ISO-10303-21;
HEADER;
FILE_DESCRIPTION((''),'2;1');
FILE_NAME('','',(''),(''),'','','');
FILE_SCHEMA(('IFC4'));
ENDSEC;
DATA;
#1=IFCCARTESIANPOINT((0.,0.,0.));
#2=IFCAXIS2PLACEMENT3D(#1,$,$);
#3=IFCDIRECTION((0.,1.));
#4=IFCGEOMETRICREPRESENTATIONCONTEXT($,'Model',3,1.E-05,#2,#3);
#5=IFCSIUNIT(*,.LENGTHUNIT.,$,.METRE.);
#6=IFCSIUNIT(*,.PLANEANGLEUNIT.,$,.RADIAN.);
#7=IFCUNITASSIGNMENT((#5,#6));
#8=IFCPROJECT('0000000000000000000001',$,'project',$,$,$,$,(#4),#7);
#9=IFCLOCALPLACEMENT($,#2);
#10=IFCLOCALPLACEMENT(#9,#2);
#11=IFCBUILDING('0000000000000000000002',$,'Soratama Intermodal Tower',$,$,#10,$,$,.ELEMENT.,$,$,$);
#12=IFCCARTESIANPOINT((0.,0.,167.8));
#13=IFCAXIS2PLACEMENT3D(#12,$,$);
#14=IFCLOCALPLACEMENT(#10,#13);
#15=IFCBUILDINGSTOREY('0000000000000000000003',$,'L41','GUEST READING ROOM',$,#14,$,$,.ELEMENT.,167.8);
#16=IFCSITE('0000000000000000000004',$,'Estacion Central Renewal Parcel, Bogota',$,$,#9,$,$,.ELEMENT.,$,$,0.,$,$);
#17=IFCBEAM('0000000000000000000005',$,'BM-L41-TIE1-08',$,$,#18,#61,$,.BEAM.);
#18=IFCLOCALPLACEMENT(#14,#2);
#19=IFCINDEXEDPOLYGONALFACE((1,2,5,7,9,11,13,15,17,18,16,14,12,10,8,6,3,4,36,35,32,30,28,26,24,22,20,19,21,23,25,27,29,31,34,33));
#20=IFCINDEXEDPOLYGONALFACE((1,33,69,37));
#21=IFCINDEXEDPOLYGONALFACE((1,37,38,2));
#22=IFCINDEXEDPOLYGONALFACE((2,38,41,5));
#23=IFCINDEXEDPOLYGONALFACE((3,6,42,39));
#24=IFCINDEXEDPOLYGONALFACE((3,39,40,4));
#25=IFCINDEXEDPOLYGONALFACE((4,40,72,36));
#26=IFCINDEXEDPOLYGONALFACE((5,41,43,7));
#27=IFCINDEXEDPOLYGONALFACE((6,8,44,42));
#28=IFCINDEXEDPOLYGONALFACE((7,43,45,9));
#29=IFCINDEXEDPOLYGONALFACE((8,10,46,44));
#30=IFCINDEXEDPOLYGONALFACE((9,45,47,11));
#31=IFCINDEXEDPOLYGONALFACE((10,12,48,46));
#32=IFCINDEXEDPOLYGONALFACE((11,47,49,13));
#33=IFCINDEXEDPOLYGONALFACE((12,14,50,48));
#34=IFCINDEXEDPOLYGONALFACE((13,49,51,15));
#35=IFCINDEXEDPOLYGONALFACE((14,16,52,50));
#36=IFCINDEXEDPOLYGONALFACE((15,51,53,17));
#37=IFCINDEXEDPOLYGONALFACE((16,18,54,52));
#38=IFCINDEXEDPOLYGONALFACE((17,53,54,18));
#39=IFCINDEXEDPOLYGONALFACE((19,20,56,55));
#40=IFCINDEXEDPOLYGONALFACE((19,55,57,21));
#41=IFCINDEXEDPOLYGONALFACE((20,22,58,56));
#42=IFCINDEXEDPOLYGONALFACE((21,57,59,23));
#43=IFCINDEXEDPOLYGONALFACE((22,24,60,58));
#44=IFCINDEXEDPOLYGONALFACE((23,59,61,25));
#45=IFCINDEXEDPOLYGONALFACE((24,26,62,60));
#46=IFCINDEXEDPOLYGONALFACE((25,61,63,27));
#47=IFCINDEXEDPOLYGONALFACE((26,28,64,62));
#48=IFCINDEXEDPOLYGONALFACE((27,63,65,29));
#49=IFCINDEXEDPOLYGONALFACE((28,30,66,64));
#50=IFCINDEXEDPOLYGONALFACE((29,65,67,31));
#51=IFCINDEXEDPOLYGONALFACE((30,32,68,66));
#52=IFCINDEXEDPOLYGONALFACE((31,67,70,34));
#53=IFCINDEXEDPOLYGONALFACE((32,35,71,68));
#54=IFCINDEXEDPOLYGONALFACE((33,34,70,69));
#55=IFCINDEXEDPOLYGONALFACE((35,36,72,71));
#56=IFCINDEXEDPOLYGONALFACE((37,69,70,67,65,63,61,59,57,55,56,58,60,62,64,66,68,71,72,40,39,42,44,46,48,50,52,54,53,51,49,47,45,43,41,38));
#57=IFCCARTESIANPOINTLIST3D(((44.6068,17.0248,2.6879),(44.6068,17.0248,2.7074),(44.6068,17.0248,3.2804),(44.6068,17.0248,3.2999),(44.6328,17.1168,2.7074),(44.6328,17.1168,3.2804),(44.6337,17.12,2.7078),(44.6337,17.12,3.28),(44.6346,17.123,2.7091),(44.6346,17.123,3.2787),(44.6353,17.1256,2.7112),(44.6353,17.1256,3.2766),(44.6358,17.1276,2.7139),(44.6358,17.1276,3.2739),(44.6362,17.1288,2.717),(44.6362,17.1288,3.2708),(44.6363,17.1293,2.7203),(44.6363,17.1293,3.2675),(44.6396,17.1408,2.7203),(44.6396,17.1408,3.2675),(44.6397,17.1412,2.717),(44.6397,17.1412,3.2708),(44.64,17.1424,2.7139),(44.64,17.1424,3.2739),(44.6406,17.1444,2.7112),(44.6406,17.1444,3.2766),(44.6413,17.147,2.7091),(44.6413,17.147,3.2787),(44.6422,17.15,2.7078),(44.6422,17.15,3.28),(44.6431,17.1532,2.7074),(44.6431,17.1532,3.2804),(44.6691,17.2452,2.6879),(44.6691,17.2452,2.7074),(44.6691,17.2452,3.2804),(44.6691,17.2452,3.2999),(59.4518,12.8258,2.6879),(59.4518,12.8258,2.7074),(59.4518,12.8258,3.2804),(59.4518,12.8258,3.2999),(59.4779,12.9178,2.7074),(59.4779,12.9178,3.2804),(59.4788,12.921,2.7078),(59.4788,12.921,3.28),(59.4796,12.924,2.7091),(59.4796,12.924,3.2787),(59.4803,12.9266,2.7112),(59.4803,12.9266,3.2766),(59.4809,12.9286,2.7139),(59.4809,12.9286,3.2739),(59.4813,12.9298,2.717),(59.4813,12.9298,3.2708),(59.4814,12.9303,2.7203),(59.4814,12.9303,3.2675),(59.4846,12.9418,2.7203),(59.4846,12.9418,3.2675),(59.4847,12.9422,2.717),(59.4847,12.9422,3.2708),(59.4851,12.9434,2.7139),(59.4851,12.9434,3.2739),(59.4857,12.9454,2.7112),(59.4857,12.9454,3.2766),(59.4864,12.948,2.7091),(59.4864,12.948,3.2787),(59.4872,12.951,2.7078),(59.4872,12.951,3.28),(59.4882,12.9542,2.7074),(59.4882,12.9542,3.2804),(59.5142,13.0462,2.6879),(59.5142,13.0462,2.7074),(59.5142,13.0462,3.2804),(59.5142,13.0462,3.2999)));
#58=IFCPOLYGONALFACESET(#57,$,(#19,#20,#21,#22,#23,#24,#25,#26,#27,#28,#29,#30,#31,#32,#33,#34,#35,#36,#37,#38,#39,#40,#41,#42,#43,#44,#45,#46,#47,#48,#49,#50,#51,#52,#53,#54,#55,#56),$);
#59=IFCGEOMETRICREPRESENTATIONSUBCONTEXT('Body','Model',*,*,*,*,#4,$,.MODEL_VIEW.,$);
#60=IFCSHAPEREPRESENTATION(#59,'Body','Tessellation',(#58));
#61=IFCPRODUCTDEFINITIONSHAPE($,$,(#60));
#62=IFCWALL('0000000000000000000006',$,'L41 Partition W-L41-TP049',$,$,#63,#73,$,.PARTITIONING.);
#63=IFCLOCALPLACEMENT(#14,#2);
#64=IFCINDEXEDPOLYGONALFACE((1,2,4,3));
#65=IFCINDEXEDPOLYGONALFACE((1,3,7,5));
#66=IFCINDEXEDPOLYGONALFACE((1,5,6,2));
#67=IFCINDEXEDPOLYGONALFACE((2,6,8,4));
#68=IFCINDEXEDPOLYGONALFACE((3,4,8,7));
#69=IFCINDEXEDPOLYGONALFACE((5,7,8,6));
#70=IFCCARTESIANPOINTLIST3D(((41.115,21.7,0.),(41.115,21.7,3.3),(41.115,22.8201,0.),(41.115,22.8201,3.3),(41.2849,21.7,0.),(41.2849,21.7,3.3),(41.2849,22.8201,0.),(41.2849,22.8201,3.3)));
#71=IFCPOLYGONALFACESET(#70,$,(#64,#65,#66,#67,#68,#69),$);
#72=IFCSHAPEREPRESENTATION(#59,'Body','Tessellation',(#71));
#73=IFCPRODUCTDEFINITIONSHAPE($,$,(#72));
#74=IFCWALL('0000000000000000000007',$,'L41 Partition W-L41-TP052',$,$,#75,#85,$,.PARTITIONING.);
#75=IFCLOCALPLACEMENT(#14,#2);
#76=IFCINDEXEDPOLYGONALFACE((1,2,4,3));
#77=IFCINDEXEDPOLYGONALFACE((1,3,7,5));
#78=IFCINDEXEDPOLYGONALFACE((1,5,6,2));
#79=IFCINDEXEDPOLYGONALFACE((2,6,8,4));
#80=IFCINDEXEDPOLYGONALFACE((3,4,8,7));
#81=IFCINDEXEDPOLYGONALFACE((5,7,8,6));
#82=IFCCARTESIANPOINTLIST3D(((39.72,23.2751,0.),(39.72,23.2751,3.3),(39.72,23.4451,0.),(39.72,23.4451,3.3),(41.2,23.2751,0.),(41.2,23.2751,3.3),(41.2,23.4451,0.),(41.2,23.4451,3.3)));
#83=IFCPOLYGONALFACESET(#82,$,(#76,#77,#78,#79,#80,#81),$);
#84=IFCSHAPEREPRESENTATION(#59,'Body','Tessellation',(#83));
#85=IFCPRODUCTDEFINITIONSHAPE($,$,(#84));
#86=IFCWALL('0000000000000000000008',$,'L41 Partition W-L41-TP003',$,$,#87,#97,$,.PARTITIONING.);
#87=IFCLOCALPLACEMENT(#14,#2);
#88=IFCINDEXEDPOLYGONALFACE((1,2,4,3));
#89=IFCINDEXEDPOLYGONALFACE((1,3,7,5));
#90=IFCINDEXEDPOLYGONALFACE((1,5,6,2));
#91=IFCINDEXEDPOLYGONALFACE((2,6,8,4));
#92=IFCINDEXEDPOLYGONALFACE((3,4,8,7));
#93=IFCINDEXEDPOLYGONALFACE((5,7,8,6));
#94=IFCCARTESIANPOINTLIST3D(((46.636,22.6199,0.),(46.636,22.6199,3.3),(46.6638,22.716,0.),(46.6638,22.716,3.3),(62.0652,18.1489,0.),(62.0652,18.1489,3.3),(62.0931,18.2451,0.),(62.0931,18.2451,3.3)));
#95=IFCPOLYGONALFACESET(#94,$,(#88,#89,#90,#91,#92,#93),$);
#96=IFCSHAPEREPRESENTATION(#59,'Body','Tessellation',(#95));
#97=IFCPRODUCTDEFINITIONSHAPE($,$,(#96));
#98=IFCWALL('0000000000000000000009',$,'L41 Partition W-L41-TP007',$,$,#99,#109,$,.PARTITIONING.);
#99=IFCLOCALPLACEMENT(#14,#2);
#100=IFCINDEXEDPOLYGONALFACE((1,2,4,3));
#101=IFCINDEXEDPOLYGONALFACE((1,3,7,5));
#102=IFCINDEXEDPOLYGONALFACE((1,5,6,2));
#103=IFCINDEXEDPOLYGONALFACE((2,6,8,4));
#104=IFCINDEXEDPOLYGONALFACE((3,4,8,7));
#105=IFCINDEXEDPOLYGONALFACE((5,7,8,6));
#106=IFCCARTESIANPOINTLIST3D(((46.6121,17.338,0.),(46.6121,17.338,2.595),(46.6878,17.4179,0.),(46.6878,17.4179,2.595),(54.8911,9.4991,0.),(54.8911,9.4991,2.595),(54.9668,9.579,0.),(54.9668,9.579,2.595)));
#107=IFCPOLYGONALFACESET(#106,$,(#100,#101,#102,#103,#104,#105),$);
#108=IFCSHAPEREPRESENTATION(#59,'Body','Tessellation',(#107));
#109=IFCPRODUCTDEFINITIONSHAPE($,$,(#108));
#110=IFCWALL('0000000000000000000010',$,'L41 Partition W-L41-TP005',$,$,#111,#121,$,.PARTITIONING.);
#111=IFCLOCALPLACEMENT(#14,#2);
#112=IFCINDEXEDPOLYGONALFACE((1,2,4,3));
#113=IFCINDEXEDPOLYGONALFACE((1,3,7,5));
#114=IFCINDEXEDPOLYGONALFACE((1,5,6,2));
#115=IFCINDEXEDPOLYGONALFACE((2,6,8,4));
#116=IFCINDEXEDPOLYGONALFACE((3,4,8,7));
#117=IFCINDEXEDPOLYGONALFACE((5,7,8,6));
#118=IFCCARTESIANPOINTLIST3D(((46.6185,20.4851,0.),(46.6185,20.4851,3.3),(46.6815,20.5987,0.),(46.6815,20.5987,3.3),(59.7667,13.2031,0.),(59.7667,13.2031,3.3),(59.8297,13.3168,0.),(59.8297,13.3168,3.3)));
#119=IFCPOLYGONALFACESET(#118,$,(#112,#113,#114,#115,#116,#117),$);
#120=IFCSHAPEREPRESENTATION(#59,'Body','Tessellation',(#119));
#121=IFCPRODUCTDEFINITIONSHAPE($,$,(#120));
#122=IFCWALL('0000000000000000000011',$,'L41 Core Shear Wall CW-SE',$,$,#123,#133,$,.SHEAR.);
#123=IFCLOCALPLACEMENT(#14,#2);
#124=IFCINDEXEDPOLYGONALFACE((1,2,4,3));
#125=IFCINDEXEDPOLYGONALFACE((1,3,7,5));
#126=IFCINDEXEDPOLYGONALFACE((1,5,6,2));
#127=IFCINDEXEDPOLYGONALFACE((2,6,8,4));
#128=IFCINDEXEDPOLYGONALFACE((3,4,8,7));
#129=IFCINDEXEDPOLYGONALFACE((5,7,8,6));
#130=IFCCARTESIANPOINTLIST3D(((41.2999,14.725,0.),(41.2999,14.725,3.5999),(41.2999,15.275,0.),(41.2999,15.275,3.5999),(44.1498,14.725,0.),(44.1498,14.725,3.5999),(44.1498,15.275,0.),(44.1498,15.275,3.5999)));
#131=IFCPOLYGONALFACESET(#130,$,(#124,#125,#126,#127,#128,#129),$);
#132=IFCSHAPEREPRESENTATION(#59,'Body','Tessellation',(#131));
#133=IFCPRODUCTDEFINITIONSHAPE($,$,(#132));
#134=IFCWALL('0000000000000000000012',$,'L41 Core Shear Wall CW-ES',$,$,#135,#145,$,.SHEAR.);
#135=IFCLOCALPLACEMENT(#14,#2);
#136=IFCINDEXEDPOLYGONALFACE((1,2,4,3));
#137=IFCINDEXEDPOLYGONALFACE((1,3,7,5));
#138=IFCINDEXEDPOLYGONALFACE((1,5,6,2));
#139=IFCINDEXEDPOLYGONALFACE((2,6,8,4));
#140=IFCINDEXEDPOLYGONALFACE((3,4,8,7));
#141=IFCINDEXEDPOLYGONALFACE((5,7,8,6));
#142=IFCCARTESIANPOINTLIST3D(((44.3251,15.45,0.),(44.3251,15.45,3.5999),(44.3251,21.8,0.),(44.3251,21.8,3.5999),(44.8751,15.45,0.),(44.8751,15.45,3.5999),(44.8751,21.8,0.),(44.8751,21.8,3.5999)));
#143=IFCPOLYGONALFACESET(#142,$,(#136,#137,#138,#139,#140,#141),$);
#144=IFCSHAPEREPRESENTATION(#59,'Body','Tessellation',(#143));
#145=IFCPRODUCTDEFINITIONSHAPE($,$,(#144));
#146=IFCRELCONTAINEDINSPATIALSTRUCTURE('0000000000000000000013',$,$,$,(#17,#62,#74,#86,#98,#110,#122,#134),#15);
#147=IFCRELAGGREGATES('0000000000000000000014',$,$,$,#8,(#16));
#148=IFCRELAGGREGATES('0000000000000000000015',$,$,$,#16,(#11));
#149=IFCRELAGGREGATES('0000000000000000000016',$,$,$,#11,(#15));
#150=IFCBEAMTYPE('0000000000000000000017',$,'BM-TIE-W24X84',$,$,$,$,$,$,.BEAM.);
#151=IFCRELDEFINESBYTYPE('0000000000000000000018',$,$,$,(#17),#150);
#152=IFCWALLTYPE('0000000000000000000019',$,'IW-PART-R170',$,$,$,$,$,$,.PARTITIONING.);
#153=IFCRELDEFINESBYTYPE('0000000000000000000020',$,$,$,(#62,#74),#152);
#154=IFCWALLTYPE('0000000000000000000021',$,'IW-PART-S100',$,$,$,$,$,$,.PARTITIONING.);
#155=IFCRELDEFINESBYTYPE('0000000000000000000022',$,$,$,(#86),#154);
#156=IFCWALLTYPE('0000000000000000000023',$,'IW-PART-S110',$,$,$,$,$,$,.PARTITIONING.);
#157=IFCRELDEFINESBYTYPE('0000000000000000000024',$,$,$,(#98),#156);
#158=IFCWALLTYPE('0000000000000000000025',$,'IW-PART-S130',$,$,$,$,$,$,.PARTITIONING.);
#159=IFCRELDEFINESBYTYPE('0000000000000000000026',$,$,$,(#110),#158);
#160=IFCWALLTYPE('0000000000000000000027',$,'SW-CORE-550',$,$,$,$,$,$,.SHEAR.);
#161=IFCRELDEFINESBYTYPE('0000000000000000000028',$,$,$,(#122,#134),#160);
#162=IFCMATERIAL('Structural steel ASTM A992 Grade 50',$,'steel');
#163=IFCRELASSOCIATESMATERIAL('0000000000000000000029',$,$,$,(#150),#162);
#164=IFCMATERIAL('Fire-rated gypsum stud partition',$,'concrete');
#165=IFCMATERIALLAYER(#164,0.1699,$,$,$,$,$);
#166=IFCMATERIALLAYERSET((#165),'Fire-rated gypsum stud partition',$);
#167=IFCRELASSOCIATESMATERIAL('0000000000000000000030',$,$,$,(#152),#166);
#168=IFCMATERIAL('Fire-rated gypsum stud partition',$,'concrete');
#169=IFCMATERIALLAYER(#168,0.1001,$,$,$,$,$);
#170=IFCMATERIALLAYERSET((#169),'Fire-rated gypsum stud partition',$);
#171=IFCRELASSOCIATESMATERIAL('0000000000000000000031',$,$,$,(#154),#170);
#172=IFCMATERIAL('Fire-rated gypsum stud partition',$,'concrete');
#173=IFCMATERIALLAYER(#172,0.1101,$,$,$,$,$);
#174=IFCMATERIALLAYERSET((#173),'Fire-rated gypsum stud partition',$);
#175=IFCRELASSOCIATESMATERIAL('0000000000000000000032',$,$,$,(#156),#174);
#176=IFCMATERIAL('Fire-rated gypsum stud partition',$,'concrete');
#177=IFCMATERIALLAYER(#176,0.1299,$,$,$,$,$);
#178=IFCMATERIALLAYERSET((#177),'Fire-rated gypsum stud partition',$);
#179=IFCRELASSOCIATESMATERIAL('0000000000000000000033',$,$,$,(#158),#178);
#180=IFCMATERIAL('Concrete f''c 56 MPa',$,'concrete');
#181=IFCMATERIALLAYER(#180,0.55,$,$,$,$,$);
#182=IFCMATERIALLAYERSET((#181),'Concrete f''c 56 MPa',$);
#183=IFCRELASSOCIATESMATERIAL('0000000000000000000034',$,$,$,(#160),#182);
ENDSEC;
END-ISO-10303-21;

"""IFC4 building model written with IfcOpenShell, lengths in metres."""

from ifc_helpers import new_model, si_unit, direction, frame, frame_2d, origin, origin_2d, place, context, subcontext, project, spatial, rectangle, i_section, extrude, material, layer, layer_set, material_profile, profile_set, type_object, element, save


model = new_model("IFC4")

# Units and contexts
model_context = context("Model", 3, precision=1e-05, world=origin(), true_north=direction((0.0, 1.0)))
body_context = subcontext(model_context, "Body", "Model", "MODEL_VIEW")
ifc_project = project(units=[si_unit("LENGTHUNIT", "METRE"), si_unit("PLANEANGLEUNIT", "RADIAN")], contexts=[model_context])

# Site, building, storey
site_placement = place(None, origin())
site = spatial("IfcSite", under=ifc_project, at=site_placement, Name="Estacion Central Renewal Parcel, Bogota", CompositionType="ELEMENT", RefElevation=0.0)
building_placement = place(site_placement, origin())
building = spatial("IfcBuilding", under=site, at=building_placement, Name="Soratama Intermodal Tower", CompositionType="ELEMENT")
storey_placement = place(building_placement, frame((0.0, 0.0, 167.8)))
storey = spatial("IfcBuildingStorey", under=building, at=storey_placement, Name="L41", Description="GUEST READING ROOM", CompositionType="ELEMENT", Elevation=167.8)

# Beam
ifc_material_1 = material(Name="Structural steel ASTM A992 Grade 50", Category="steel")
ifc_material_profile_1 = material_profile(ifc_material_1, i_section(OverallWidth=0.229, OverallDepth=0.6121, WebThickness=0.012, FlangeThickness=0.0195, FilletRadius=0.0129, at=origin_2d()), Name="W24X84")
ifc_profile_set_1 = profile_set([ifc_material_profile_1], Name="Structural steel ASTM A992 Grade 50")
beam_type_1 = type_object("IfcBeamType", Name="BM-TIE-W24X84", PredefinedType="BEAM", material=ifc_profile_set_1)
beam_1_placement = place(storey_placement, frame((44.6379, 17.135, 2.9939), z_axis=(0.962247, -0.272177, 0.0), x_axis=(0.272177, 0.962247, 0.0)))
element("IfcBeam", 1, at=beam_1_placement, inside=storey, type_object=beam_type_1, Name="BM-L41-TIE1-08", PredefinedType="BEAM", context=body_context, shape_type="SweptSolid", body=[
    extrude(i_section(OverallWidth=0.229, OverallDepth=0.6121, WebThickness=0.012, FlangeThickness=0.0195, FilletRadius=0.0129, at=origin_2d()), origin(), (0.0, 0.0, 1.0), 15.4275),
])

# Shared definitions
ifc_material_2 = material(Name="Fire-rated gypsum stud partition", Category="concrete")
ifc_layer_1 = layer(ifc_material_2, 0.1699)
ifc_layer_set_1 = layer_set([ifc_layer_1], Name="Fire-rated gypsum stud partition")
wall_type_1 = type_object("IfcWallType", Name="IW-PART-R170", PredefinedType="PARTITIONING", material=ifc_layer_set_1)

# Walls
wall_1_placement = place(storey_placement, frame((41.2, 21.7, 0.0), z_axis=(0.0, 0.0, 1.0), x_axis=(0.0, 1.0, 0.0)))
element("IfcWall", 2, at=wall_1_placement, inside=storey, type_object=wall_type_1, Name="L41 Partition W-L41-TP049", PredefinedType="PARTITIONING", context=body_context, shape_type="SweptSolid", body=[
    extrude(rectangle(XDim=1.1201, YDim=0.1699, at=frame_2d((0.5601, 0.0))), origin(), (0.0, 0.0, 1.0), 3.3),
])
wall_2_placement = place(storey_placement, frame((41.2, 23.3601, 0.0), z_axis=(0.0, 0.0, 1.0), x_axis=(-1.0, 0.0, 0.0)))
element("IfcWall", 3, at=wall_2_placement, inside=storey, type_object=wall_type_1, Name="L41 Partition W-L41-TP052", PredefinedType="PARTITIONING", context=body_context, shape_type="SweptSolid", body=[
    extrude(rectangle(XDim=1.48, YDim=0.1699, at=frame_2d((0.74, 0.0))), origin(), (0.0, 0.0, 1.0), 3.3),
])
ifc_material_3 = material(Name="Fire-rated gypsum stud partition", Category="concrete")
ifc_layer_2 = layer(ifc_material_3, 0.1001)
ifc_layer_set_2 = layer_set([ifc_layer_2], Name="Fire-rated gypsum stud partition")
wall_type_2 = type_object("IfcWallType", Name="IW-PART-S100", PredefinedType="PARTITIONING", material=ifc_layer_set_2)
wall_3_placement = place(storey_placement, frame((46.6499, 22.668, 0.0), z_axis=(0.0, 0.0, 1.0), x_axis=(0.960488, -0.278322, 0.0)))
element("IfcWall", 4, at=wall_3_placement, inside=storey, type_object=wall_type_2, Name="L41 Partition W-L41-TP003", PredefinedType="PARTITIONING", context=body_context, shape_type="SweptSolid", body=[
    extrude(rectangle(XDim=16.064, YDim=0.1001, at=frame_2d((8.032, 0.0))), origin(), (0.0, 0.0, 1.0), 3.3),
])
ifc_material_4 = material(Name="Fire-rated gypsum stud partition", Category="concrete")
ifc_layer_3 = layer(ifc_material_4, 0.1101)
ifc_layer_set_3 = layer_set([ifc_layer_3], Name="Fire-rated gypsum stud partition")
wall_type_3 = type_object("IfcWallType", Name="IW-PART-S110", PredefinedType="PARTITIONING", material=ifc_layer_set_3)
wall_4_placement = place(storey_placement, frame((46.6499, 17.3779, 0.0), z_axis=(0.0, 0.0, 1.0), x_axis=(0.726147, -0.687539, 0.0)))
element("IfcWall", 5, at=wall_4_placement, inside=storey, type_object=wall_type_3, Name="L41 Partition W-L41-TP007", PredefinedType="PARTITIONING", context=body_context, shape_type="SweptSolid", body=[
    extrude(rectangle(XDim=11.4014, YDim=0.1101, at=frame_2d((5.7007, 0.0))), origin(), (0.0, 0.0, 1.0), 2.595),
])
ifc_material_5 = material(Name="Fire-rated gypsum stud partition", Category="concrete")
ifc_layer_4 = layer(ifc_material_5, 0.1299)
ifc_layer_set_4 = layer_set([ifc_layer_4], Name="Fire-rated gypsum stud partition")
wall_type_4 = type_object("IfcWallType", Name="IW-PART-S130", PredefinedType="PARTITIONING", material=ifc_layer_set_4)
wall_5_placement = place(storey_placement, frame((46.6499, 20.542, 0.0), z_axis=(0.0, 0.0, 1.0), x_axis=(0.874794, -0.484495, 0.0)))
element("IfcWall", 6, at=wall_5_placement, inside=storey, type_object=wall_type_4, Name="L41 Partition W-L41-TP005", PredefinedType="PARTITIONING", context=body_context, shape_type="SweptSolid", body=[
    extrude(rectangle(XDim=15.03, YDim=0.1299, at=frame_2d((7.5151, 0.0))), origin(), (0.0, 0.0, 1.0), 3.3),
])
ifc_material_6 = material(Name="Concrete f'c 56 MPa", Category="concrete")
ifc_layer_5 = layer(ifc_material_6, 0.55)
ifc_layer_set_5 = layer_set([ifc_layer_5], Name="Concrete f'c 56 MPa")
wall_type_5 = type_object("IfcWallType", Name="SW-CORE-550", PredefinedType="SHEAR", material=ifc_layer_set_5)
wall_6_placement = place(storey_placement, frame((41.3, 15.0, 0.0), z_axis=(0.0, 0.0, 1.0), x_axis=(1.0, 0.0, 0.0)))
element("IfcWall", 7, at=wall_6_placement, inside=storey, type_object=wall_type_5, Name="L41 Core Shear Wall CW-SE", PredefinedType="SHEAR", context=body_context, shape_type="SweptSolid", body=[
    extrude(rectangle(XDim=2.8499, YDim=0.55, at=frame_2d((1.4248, 0.0))), origin(), (0.0, 0.0, 1.0), 3.5999),
])
wall_7_placement = place(storey_placement, frame((44.6001, 15.45, 0.0), z_axis=(0.0, 0.0, 1.0), x_axis=(0.0, 1.0, 0.0)))
element("IfcWall", 8, at=wall_7_placement, inside=storey, type_object=wall_type_5, Name="L41 Core Shear Wall CW-ES", PredefinedType="SHEAR", context=body_context, shape_type="SweptSolid", body=[
    extrude(rectangle(XDim=6.3501, YDim=0.55, at=frame_2d((3.175, 0.0))), origin(), (0.0, 0.0, 1.0), 3.5999),
])

save(model, "model.ifc")
